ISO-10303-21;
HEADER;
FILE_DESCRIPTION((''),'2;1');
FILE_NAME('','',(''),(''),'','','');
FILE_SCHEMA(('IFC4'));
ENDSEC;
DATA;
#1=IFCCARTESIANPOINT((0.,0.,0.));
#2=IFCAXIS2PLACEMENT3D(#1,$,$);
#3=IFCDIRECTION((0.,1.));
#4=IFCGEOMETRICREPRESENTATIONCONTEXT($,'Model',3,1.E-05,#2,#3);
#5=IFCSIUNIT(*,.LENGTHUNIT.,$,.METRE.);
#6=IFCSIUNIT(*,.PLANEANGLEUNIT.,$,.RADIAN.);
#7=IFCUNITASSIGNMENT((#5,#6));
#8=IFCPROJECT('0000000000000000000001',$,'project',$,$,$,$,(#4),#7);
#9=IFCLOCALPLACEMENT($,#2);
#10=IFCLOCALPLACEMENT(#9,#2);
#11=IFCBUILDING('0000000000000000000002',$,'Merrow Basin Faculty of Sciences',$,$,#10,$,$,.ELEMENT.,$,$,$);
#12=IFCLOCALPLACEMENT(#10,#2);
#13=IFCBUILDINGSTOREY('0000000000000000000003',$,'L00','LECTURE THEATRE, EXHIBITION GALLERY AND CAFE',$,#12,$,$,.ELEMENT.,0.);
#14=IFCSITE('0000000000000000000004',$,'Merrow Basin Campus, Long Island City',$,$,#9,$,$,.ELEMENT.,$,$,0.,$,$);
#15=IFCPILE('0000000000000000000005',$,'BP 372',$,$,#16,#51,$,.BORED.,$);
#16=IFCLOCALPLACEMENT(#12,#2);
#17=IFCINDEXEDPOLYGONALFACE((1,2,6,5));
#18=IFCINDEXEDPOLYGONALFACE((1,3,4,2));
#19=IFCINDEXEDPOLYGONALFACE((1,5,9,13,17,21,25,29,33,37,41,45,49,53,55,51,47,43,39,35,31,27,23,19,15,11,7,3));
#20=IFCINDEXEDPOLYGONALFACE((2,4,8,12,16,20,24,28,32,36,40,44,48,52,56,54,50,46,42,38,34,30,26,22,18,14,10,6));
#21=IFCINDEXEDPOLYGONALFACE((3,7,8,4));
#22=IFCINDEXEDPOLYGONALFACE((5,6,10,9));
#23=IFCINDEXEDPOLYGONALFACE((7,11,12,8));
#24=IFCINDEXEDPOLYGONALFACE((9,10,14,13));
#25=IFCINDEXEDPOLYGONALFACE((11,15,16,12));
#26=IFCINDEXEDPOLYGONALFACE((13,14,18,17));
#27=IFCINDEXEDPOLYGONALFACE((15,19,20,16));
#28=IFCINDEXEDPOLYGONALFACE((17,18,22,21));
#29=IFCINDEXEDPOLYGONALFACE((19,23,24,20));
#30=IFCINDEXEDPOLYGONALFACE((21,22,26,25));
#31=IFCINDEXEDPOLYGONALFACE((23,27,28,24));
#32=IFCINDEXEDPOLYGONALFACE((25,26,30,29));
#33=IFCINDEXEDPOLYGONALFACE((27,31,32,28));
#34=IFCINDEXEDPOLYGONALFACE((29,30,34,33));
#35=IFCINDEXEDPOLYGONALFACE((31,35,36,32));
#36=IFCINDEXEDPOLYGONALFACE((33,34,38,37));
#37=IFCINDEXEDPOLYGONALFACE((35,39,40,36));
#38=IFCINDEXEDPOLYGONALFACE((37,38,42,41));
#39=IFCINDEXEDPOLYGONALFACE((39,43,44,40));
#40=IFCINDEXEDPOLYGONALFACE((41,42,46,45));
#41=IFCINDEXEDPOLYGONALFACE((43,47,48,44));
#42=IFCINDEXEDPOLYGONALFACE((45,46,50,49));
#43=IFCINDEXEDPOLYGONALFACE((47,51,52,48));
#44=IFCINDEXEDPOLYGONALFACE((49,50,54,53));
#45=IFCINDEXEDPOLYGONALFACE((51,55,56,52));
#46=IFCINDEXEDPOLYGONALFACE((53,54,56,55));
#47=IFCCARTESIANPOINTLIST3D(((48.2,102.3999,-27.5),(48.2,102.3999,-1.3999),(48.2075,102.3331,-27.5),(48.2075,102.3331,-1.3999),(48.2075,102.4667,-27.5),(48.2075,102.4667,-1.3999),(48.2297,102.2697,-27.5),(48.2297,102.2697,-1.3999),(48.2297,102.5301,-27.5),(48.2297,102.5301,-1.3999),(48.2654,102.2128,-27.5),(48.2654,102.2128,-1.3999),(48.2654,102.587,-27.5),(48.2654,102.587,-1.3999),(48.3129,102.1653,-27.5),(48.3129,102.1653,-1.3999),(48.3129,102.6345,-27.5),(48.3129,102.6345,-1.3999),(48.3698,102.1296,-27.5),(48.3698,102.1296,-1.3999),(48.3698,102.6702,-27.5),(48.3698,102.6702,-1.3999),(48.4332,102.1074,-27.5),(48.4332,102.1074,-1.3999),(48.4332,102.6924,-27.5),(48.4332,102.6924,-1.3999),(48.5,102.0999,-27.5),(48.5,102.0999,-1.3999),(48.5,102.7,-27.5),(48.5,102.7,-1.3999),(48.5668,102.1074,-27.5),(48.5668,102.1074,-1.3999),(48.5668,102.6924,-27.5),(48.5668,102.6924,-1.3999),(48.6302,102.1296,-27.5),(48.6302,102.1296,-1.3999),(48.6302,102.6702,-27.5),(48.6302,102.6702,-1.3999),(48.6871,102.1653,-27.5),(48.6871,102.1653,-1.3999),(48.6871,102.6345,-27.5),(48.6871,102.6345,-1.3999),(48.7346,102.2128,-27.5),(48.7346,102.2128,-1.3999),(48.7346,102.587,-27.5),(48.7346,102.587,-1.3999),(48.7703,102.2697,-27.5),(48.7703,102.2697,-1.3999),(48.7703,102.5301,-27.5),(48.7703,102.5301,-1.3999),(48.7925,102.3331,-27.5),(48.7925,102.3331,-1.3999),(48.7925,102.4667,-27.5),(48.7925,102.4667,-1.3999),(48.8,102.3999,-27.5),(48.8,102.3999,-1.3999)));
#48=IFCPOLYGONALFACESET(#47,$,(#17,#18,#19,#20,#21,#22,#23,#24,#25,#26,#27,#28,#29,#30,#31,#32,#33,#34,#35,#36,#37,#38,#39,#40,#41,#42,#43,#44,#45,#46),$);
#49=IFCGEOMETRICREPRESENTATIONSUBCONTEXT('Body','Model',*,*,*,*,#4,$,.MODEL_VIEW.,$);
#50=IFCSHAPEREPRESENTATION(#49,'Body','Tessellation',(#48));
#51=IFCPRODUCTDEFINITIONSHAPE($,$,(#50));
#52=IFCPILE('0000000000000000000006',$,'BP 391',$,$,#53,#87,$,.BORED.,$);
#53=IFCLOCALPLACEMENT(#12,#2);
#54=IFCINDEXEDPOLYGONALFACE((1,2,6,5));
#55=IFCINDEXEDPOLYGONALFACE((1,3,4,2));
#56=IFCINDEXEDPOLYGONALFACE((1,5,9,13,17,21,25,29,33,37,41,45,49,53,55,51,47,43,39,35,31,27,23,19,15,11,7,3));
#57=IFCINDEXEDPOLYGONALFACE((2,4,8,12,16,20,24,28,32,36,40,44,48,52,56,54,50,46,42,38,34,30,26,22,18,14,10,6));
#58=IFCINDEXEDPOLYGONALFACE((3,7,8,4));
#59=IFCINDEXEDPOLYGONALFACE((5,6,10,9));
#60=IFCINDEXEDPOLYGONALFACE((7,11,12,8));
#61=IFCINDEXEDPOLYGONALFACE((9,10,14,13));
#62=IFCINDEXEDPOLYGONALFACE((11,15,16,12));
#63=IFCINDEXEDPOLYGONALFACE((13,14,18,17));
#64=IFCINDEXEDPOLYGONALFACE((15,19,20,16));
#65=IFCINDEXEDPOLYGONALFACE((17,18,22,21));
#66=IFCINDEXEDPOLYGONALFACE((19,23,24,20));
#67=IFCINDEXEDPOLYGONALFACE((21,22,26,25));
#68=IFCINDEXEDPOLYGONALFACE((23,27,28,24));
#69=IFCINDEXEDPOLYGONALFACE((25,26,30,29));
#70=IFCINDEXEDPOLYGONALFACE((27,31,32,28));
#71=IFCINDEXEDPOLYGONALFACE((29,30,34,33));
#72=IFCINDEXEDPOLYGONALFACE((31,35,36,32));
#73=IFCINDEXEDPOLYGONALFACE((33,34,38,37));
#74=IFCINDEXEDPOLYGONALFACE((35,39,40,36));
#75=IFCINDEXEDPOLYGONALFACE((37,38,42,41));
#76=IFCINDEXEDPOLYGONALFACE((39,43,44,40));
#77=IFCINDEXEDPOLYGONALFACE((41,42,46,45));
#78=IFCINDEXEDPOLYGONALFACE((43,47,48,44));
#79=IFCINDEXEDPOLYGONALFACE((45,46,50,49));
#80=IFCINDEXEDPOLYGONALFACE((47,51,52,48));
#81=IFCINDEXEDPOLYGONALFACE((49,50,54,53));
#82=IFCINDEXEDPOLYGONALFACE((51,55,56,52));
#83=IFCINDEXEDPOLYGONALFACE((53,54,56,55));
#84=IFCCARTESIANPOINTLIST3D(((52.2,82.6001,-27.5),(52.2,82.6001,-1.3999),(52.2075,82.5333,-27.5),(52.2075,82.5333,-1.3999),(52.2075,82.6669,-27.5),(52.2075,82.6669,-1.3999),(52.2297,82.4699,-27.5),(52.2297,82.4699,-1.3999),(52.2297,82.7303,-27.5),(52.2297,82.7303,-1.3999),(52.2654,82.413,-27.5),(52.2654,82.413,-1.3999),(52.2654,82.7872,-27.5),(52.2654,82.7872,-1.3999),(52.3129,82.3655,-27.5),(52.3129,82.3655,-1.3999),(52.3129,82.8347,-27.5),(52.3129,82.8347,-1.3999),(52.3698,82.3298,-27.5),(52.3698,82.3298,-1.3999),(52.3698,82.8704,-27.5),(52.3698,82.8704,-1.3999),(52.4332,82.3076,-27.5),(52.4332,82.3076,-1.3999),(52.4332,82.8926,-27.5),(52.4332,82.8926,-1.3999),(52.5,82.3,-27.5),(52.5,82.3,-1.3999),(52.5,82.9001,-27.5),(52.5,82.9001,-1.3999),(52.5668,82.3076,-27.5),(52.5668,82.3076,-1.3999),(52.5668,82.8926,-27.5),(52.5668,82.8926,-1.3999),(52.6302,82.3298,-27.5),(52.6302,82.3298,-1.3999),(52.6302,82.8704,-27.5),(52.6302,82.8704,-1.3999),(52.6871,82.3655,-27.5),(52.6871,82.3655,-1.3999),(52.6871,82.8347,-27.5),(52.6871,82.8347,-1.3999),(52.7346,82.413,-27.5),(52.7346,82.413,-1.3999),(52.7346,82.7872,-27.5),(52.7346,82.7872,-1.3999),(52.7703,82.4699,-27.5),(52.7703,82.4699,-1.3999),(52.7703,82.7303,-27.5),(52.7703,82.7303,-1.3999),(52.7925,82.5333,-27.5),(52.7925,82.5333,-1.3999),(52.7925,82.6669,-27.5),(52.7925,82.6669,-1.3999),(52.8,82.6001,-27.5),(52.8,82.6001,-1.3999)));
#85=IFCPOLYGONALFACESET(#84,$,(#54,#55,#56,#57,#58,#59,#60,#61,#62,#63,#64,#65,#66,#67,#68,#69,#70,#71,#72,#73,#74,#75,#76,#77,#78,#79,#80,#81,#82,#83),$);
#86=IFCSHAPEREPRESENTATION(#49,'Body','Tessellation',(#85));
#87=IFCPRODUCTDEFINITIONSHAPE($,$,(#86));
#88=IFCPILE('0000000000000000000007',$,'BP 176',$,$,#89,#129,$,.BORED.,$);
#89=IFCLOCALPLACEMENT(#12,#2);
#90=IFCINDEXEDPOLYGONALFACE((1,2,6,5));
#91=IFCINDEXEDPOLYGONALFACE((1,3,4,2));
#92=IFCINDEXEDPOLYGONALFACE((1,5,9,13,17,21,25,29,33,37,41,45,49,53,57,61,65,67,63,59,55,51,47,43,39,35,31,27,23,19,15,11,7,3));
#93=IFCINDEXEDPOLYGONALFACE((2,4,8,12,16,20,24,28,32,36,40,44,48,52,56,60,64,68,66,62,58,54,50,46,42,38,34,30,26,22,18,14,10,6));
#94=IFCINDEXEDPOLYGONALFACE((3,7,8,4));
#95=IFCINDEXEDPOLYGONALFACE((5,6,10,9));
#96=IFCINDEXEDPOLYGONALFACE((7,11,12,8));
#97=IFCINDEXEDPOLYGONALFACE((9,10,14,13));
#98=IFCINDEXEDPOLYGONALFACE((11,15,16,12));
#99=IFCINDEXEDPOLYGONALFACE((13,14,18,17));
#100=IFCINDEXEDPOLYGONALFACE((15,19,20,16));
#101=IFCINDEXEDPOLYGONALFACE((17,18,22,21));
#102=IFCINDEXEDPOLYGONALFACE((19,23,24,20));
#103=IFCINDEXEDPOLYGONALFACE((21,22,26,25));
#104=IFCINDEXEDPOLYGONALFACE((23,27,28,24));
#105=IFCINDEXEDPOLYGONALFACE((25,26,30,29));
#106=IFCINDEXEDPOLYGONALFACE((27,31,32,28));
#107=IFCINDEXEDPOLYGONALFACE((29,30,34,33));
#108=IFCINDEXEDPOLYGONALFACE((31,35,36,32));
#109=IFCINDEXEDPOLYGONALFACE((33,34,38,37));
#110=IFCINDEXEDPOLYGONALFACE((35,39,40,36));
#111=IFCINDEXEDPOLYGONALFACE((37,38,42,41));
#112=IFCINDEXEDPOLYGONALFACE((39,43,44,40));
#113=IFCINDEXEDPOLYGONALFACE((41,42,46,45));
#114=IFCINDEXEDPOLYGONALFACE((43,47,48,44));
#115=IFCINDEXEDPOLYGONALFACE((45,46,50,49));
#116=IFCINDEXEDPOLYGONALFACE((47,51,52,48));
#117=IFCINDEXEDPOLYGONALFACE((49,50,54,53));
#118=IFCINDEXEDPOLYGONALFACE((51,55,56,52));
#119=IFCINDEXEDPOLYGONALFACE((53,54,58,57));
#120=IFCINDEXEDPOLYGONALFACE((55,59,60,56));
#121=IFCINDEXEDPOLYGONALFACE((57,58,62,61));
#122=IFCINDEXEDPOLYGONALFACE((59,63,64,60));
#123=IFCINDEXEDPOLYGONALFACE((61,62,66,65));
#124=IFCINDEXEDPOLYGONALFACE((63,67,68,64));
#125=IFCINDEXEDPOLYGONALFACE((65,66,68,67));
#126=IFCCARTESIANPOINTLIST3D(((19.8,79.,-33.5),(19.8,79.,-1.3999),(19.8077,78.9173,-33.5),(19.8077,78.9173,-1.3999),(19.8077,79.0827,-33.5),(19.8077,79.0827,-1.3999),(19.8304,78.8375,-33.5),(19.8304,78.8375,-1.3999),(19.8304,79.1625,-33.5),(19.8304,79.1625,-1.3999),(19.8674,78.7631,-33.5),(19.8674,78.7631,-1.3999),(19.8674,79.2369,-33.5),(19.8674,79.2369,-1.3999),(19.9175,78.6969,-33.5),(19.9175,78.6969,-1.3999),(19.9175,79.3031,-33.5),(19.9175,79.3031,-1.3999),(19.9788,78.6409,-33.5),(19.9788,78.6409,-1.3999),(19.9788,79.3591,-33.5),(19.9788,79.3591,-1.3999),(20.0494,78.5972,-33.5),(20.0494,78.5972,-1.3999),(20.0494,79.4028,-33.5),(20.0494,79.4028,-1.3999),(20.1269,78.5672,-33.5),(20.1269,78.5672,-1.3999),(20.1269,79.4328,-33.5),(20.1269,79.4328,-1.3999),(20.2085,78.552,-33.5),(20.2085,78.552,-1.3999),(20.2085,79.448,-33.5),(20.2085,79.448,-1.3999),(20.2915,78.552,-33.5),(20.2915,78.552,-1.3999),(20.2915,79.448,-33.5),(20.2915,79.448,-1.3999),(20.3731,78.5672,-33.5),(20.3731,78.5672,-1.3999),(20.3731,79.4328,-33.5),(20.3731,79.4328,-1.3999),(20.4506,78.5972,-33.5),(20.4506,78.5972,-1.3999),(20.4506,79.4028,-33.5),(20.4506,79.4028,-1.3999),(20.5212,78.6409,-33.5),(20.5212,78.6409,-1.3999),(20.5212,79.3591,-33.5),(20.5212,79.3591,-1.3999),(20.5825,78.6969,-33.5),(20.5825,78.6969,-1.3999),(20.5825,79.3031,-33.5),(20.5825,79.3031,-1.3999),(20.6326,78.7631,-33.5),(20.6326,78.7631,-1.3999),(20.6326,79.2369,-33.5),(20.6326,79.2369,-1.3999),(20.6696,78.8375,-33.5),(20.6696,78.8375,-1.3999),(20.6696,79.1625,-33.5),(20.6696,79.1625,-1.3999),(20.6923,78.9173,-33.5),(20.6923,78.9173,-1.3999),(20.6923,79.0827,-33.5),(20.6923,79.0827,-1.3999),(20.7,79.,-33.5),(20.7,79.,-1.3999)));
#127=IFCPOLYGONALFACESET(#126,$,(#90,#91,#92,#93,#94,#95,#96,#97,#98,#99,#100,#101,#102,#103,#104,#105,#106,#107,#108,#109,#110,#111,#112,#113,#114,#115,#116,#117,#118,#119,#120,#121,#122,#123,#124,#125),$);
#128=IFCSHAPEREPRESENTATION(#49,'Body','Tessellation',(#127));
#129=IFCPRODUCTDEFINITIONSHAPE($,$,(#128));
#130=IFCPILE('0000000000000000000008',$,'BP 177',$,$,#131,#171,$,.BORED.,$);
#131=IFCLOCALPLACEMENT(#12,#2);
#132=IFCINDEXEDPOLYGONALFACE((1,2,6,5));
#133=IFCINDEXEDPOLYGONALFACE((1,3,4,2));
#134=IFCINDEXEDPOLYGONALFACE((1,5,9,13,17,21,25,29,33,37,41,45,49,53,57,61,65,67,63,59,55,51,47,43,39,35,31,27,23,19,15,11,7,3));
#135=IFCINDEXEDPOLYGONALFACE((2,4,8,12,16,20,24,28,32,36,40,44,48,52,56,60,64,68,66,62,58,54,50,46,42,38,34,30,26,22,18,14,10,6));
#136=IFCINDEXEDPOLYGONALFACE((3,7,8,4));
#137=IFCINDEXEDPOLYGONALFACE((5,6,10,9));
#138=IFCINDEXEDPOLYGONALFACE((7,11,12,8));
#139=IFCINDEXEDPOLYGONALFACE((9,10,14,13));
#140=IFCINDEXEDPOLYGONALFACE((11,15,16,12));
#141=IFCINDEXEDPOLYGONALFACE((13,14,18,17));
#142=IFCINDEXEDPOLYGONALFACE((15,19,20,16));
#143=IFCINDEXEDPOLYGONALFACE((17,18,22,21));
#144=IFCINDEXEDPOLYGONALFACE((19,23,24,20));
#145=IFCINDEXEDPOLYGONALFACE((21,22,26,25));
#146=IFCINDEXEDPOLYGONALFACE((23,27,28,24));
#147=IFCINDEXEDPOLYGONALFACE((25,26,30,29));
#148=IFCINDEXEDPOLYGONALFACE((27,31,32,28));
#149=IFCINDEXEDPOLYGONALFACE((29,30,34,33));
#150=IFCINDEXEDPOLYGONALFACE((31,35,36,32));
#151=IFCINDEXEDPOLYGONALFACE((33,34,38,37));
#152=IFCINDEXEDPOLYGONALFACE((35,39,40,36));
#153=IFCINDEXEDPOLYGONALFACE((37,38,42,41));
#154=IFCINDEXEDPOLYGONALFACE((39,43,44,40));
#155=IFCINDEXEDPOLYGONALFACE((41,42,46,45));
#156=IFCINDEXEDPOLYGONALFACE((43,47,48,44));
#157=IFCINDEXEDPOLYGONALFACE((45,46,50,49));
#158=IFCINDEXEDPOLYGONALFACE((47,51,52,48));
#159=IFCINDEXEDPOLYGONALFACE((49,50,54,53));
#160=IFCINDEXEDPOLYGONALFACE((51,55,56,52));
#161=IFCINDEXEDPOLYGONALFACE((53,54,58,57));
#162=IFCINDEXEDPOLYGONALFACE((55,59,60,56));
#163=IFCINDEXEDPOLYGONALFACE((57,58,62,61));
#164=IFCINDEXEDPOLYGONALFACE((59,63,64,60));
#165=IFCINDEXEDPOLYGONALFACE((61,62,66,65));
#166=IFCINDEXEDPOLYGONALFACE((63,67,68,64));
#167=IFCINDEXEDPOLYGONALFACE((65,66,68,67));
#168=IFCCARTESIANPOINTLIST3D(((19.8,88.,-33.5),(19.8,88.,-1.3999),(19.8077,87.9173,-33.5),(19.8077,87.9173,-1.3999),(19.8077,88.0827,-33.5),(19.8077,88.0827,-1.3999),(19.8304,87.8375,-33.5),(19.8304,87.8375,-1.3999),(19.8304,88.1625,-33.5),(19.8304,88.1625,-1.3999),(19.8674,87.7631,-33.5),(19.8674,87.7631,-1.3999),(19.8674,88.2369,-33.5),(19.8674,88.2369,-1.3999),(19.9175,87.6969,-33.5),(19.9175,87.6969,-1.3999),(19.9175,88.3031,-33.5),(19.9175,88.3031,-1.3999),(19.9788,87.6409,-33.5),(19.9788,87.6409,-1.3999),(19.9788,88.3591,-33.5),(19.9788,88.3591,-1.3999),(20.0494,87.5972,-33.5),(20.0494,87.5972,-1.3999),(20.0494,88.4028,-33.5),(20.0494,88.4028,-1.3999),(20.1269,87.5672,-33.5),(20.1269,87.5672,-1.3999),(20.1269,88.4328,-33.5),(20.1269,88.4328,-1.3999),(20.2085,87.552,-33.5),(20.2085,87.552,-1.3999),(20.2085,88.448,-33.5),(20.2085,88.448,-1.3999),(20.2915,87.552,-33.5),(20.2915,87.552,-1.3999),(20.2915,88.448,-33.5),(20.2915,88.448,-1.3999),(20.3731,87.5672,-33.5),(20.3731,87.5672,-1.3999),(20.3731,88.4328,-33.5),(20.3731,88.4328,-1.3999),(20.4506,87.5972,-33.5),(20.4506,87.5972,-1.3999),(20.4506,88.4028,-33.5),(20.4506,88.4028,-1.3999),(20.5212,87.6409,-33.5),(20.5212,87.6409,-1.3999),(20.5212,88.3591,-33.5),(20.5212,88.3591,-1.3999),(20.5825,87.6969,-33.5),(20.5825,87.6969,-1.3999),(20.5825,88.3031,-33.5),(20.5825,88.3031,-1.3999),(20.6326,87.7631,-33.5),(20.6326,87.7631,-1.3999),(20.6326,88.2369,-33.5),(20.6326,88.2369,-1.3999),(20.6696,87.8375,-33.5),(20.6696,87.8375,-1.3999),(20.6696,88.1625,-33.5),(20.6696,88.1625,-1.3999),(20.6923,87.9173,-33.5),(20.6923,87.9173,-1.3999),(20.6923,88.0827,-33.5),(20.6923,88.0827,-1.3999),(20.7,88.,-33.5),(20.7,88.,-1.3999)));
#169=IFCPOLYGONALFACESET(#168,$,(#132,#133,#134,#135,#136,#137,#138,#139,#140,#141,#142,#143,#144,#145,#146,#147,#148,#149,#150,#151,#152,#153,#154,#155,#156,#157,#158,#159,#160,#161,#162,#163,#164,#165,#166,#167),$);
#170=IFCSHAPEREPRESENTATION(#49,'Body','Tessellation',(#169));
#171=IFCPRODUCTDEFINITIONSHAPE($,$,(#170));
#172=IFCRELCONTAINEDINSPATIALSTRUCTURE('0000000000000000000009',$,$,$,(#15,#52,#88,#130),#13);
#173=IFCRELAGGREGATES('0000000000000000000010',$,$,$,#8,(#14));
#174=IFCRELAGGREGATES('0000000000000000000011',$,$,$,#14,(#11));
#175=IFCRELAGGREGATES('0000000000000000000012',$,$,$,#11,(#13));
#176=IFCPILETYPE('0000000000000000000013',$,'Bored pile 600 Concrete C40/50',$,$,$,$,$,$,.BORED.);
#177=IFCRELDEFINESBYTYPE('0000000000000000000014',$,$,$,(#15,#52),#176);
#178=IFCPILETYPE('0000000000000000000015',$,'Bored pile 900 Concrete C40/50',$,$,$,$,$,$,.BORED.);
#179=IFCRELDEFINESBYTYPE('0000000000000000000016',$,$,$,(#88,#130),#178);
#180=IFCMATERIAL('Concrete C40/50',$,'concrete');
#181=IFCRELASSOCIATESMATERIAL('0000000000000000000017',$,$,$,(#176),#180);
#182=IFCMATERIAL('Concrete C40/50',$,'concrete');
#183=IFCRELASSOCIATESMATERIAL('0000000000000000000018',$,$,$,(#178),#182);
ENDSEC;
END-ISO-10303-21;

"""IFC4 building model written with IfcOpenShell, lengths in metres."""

from ifc_helpers import new_model, si_unit, direction, frame, origin, origin_2d, place, context, subcontext, project, spatial, circle, extrude, material, material_profile, profile_set, type_object, element, save


model = new_model("IFC4")

# Units and contexts
model_context = context("Model", 3, precision=1e-05, world=origin(), true_north=direction((0.0, 1.0)))
body_context = subcontext(model_context, "Body", "Model", "MODEL_VIEW")
ifc_project = project(units=[si_unit("LENGTHUNIT", "METRE"), si_unit("PLANEANGLEUNIT", "RADIAN")], contexts=[model_context])

# Site, building, storey
site_placement = place(None, origin())
site = spatial("IfcSite", under=ifc_project, at=site_placement, Name="Merrow Basin Campus, Long Island City", CompositionType="ELEMENT", RefElevation=0.0)
building_placement = place(site_placement, origin())
building = spatial("IfcBuilding", under=site, at=building_placement, Name="Merrow Basin Faculty of Sciences", CompositionType="ELEMENT")
storey_placement = place(building_placement, origin())
storey = spatial("IfcBuildingStorey", under=building, at=storey_placement, Name="L00", Description="LECTURE THEATRE, EXHIBITION GALLERY AND CAFE", CompositionType="ELEMENT", Elevation=0.0)

# Piles
ifc_material_1 = material(Name="Concrete C40/50", Category="concrete")
ifc_material_profile_1 = material_profile(ifc_material_1, circle(Radius=0.3, at=origin_2d()))
ifc_profile_set_1 = profile_set([ifc_material_profile_1], Name="Concrete C40/50")
pile_type_1 = type_object("IfcPileType", Name="Bored pile 600 Concrete C40/50", PredefinedType="BORED", material=ifc_profile_set_1)
for number, where, z_axis, x_axis, name in (
    (1, (48.5, 102.3999, -1.3999), (0.0, 0.0, -1.0), (1.0, 0.0, 0.0), "BP 372"),
    (2, (52.5, 82.6001, -1.3999), (0.0, 0.0, -1.0), (1.0, 0.0, 0.0), "BP 391"),
):
    element("IfcPile", number, at=place(storey_placement, frame(where, z_axis=z_axis, x_axis=x_axis)), inside=storey, type_object=pile_type_1, Name=name, PredefinedType="BORED", context=body_context, shape_type="SweptSolid", body=[
        extrude(circle(Radius=0.3, at=origin_2d()), origin(), (0.0, 0.0, 1.0), 26.1001),
    ])
ifc_material_2 = material(Name="Concrete C40/50", Category="concrete")
ifc_material_profile_2 = material_profile(ifc_material_2, circle(Radius=0.45, at=origin_2d()))
ifc_profile_set_2 = profile_set([ifc_material_profile_2], Name="Concrete C40/50")
pile_type_2 = type_object("IfcPileType", Name="Bored pile 900 Concrete C40/50", PredefinedType="BORED", material=ifc_profile_set_2)
for number, where, z_axis, x_axis, name in (
    (3, (20.25, 79.0, -1.3999), (0.0, 0.0, -1.0), (1.0, 0.0, 0.0), "BP 176"),
    (4, (20.25, 88.0, -1.3999), (0.0, 0.0, -1.0), (1.0, 0.0, 0.0), "BP 177"),
):
    element("IfcPile", number, at=place(storey_placement, frame(where, z_axis=z_axis, x_axis=x_axis)), inside=storey, type_object=pile_type_2, Name=name, PredefinedType="BORED", context=body_context, shape_type="SweptSolid", body=[
        extrude(circle(Radius=0.45, at=origin_2d()), origin(), (0.0, 0.0, 1.0), 32.1001),
    ])

save(model, "model.ifc")
